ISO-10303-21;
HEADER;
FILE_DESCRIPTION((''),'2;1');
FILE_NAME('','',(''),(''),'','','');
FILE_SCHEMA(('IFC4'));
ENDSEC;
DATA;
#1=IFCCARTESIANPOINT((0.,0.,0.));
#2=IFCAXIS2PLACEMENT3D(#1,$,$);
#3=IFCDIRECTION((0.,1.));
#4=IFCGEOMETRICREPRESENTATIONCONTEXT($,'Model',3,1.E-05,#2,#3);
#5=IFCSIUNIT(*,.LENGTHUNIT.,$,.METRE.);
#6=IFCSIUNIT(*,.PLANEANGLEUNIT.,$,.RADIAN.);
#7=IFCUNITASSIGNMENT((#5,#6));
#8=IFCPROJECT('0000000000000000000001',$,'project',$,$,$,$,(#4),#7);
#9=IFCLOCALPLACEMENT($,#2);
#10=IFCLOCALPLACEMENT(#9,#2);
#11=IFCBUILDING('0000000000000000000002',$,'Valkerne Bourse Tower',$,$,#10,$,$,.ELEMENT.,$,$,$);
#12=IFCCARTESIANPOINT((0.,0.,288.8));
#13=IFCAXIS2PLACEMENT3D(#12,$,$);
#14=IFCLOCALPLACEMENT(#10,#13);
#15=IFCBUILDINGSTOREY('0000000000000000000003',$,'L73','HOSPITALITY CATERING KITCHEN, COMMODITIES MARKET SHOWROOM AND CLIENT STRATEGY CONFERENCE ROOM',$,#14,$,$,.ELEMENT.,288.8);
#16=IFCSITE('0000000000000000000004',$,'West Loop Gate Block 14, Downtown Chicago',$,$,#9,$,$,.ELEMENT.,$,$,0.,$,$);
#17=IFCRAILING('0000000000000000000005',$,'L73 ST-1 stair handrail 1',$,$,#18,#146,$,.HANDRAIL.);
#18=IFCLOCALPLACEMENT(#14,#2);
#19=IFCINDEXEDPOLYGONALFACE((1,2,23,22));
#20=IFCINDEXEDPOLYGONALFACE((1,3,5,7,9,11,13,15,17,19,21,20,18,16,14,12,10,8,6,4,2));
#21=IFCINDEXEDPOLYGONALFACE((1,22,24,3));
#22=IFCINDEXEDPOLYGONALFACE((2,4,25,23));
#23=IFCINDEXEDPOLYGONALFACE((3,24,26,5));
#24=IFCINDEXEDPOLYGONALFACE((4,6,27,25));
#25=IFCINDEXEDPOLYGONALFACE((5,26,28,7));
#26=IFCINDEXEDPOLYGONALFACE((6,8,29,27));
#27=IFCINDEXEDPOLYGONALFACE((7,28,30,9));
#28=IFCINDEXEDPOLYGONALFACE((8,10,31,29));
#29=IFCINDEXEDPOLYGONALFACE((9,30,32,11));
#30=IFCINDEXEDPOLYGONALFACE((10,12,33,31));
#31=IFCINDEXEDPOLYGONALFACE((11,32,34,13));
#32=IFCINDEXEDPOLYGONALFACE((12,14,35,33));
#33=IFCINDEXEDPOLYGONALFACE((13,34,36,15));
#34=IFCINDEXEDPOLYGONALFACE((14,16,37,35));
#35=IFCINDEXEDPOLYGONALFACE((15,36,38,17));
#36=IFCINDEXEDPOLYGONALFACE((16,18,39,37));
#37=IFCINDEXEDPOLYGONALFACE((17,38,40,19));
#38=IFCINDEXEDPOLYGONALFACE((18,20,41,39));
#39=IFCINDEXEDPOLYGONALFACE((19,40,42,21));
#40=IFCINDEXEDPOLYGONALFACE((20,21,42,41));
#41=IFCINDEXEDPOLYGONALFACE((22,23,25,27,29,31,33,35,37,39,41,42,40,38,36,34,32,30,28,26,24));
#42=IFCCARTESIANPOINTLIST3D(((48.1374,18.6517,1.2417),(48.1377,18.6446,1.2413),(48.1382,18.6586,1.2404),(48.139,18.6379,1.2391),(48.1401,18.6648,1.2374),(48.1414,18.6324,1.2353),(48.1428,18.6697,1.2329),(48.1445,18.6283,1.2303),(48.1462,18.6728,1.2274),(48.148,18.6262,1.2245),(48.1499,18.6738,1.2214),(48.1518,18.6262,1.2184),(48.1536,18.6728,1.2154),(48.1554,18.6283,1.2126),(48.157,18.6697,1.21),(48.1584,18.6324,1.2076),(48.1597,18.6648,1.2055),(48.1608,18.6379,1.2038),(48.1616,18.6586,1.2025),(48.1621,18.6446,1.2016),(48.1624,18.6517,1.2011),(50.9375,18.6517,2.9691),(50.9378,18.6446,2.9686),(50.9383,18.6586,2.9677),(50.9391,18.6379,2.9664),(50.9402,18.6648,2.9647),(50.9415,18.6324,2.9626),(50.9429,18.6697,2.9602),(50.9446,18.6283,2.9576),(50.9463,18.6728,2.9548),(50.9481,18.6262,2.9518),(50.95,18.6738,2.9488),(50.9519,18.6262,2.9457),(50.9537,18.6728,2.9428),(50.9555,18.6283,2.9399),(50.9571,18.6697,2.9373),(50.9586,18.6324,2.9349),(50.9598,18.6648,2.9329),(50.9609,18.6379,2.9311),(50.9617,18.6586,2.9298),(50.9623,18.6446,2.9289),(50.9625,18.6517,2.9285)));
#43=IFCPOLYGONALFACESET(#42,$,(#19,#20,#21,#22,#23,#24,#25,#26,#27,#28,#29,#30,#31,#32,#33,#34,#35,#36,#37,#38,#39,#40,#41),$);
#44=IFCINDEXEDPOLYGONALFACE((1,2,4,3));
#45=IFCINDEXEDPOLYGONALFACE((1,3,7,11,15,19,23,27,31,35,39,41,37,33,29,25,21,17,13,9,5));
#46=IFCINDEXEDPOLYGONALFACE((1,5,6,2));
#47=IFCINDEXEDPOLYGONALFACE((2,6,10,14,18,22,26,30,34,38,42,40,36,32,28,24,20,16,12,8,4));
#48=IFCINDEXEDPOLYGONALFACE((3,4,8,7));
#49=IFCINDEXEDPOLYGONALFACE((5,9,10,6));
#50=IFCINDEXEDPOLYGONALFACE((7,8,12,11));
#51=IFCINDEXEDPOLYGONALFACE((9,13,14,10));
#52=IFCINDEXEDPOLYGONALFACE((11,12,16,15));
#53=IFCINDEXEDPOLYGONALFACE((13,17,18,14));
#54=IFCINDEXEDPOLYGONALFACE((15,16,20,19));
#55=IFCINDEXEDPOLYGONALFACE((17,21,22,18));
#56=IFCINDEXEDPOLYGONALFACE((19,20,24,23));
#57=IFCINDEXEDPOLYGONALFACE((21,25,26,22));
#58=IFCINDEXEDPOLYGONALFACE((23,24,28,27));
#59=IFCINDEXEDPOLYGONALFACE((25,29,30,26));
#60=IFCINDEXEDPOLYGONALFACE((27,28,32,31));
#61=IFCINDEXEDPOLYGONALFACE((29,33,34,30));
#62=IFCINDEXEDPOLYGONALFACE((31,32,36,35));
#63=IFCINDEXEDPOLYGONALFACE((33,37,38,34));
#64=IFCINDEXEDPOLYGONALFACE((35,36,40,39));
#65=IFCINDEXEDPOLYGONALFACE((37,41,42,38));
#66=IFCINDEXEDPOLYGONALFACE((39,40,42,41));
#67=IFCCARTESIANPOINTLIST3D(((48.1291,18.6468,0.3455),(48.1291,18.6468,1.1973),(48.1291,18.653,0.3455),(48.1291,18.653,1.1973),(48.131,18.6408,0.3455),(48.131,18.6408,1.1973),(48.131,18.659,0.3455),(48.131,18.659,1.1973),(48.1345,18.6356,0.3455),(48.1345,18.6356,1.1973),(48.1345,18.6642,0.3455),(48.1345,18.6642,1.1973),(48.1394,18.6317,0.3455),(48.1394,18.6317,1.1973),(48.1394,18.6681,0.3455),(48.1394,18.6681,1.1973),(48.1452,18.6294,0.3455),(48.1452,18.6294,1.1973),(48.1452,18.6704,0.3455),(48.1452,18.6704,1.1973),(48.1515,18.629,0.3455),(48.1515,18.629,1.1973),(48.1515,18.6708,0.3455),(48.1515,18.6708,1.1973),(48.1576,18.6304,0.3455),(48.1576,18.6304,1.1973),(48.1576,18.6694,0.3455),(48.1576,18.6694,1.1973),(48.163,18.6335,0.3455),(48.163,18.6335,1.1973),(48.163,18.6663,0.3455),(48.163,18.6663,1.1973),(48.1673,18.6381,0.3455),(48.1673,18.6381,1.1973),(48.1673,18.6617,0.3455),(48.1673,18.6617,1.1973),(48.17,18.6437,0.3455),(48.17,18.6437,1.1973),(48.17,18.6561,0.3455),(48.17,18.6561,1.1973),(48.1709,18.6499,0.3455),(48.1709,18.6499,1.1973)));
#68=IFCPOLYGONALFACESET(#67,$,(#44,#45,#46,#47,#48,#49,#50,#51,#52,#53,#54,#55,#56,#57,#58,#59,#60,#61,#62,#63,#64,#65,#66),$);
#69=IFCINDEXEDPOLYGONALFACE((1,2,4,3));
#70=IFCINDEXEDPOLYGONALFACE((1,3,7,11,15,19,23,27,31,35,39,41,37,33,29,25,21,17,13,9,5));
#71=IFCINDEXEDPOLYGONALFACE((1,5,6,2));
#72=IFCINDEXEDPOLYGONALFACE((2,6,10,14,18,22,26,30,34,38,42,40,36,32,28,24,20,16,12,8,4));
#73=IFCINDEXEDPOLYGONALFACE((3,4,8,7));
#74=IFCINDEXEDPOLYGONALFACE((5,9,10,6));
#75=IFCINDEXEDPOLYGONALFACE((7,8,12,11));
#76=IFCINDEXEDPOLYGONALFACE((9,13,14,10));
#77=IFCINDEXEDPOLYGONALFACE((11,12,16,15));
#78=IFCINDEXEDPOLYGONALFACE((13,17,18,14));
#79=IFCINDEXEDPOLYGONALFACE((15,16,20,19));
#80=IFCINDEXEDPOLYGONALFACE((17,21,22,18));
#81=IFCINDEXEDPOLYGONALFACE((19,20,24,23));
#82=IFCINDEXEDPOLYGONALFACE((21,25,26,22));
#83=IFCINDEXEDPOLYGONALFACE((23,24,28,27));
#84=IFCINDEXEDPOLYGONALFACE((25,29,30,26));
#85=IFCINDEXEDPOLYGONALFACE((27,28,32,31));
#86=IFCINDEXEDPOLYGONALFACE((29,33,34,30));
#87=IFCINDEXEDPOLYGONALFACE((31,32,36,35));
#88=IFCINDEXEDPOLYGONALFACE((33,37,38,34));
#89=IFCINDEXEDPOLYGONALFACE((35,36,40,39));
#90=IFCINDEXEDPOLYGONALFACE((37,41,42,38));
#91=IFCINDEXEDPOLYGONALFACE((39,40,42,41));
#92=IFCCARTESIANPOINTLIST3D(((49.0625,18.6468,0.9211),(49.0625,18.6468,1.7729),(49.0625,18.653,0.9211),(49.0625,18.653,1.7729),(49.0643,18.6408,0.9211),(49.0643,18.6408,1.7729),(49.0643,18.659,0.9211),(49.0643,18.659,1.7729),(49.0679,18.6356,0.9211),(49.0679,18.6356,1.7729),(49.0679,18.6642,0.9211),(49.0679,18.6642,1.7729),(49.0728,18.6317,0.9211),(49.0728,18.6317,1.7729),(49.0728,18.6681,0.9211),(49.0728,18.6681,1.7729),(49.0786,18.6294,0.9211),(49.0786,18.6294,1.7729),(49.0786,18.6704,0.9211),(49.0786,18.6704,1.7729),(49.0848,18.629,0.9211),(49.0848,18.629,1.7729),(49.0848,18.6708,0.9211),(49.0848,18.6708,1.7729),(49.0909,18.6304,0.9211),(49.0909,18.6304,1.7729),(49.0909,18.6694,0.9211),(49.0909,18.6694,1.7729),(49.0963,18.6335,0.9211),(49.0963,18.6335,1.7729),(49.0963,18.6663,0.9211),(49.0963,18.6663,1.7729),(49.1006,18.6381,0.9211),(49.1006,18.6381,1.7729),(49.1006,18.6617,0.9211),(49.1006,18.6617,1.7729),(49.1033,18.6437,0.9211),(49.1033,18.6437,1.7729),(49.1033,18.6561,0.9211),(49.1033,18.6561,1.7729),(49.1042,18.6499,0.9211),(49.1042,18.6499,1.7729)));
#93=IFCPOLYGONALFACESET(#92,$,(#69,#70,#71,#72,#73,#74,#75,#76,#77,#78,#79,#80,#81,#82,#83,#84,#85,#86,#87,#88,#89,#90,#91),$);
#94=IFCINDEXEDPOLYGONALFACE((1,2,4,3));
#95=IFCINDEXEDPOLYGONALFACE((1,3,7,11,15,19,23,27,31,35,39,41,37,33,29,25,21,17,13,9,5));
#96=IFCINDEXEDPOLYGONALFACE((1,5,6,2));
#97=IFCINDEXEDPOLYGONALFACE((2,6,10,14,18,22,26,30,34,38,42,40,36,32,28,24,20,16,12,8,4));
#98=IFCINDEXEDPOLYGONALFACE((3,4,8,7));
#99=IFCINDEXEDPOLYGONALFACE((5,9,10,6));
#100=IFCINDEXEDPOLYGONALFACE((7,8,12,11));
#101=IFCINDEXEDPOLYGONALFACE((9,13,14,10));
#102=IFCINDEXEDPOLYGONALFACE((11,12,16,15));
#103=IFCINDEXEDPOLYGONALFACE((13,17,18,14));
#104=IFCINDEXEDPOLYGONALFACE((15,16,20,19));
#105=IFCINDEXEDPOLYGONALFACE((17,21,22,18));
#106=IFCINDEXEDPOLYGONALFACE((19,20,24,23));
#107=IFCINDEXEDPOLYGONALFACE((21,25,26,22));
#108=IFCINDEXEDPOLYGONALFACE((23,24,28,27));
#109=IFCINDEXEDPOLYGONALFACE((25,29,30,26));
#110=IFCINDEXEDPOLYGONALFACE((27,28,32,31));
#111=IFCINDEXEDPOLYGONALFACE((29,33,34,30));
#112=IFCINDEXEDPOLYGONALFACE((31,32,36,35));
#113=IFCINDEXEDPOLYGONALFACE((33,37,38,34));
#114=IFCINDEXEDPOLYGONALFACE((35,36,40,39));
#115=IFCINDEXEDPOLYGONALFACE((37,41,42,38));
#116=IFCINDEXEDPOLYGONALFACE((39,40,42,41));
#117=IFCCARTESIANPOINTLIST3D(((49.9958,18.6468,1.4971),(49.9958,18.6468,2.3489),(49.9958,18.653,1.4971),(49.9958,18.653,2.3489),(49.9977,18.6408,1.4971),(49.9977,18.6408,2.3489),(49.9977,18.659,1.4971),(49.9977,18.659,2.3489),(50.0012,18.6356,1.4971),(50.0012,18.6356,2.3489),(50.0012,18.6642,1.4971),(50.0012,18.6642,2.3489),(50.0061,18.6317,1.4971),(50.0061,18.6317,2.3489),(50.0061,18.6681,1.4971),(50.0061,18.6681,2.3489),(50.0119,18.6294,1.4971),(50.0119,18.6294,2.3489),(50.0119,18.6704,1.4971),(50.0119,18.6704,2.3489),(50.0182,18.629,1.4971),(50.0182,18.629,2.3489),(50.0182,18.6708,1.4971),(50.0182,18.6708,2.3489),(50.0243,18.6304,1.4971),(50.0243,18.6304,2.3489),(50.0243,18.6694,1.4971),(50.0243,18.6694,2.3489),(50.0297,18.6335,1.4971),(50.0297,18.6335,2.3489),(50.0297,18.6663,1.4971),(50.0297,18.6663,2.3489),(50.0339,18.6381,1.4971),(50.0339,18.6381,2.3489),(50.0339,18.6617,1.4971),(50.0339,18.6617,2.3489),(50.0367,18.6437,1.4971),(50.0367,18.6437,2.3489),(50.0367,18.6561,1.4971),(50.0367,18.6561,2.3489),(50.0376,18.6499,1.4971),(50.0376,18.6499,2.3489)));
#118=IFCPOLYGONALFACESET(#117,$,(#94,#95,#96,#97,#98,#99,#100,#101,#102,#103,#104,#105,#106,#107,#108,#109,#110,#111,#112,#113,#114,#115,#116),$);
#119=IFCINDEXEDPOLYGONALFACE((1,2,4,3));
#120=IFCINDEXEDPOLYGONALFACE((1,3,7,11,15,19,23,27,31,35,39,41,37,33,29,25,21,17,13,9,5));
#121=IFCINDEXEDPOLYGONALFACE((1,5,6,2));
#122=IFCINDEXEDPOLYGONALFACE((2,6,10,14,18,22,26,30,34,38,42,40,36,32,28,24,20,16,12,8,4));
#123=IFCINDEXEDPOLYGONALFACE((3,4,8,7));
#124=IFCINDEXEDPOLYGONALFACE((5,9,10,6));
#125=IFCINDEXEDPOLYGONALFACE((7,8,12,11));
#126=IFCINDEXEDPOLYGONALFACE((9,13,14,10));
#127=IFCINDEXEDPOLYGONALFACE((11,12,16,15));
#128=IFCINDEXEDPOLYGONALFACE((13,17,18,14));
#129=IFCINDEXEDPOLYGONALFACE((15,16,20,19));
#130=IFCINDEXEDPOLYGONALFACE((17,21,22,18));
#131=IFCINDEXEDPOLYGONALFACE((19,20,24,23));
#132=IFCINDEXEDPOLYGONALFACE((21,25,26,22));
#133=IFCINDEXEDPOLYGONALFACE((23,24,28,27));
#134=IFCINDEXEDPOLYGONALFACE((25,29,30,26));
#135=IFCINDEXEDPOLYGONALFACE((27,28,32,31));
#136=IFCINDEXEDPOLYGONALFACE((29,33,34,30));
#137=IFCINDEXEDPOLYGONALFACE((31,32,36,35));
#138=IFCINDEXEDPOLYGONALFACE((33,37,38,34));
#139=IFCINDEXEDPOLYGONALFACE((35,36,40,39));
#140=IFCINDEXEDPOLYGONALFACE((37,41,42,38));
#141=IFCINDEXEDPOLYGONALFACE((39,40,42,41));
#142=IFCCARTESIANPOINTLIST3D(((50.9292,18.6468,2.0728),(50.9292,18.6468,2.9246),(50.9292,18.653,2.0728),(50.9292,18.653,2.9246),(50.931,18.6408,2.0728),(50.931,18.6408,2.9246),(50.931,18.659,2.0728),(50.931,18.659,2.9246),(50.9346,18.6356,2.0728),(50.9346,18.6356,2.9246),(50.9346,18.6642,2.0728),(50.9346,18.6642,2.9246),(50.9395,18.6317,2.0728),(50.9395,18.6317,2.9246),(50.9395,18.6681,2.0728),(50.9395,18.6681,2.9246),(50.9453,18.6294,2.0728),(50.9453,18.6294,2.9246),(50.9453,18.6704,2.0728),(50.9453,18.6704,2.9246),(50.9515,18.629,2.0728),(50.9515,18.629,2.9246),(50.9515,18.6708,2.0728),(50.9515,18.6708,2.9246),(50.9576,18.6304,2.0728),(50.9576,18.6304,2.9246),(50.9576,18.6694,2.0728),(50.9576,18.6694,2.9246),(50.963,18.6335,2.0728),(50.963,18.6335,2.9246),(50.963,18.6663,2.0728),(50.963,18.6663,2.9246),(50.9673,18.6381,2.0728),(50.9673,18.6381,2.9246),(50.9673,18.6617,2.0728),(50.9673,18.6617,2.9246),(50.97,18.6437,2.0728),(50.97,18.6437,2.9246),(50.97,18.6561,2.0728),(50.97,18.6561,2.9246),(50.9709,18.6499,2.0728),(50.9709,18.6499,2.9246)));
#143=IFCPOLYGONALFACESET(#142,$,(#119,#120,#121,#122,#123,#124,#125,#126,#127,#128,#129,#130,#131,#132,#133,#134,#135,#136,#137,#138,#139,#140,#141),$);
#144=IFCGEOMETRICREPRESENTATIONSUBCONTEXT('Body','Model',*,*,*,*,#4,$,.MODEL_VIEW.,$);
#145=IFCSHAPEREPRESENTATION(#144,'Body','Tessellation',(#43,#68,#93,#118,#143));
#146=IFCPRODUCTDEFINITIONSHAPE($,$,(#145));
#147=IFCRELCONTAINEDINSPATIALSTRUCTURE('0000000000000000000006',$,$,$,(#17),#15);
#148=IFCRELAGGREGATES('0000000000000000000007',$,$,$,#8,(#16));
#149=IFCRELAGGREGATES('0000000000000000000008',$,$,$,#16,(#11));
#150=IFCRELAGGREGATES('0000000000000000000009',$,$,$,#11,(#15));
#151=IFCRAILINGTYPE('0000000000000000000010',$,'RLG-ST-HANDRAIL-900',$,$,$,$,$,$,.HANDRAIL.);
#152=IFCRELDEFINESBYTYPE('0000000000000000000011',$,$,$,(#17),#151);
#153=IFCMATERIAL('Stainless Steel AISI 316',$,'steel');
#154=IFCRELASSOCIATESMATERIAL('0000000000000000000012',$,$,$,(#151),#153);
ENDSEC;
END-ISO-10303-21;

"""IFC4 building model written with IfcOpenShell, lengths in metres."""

from ifc_helpers import new_model, si_unit, direction, frame, origin, origin_2d, place, context, subcontext, project, spatial, circle, extrude, material, type_object, element, save


model = new_model("IFC4")

# Units and contexts
model_context = context("Model", 3, precision=1e-05, world=origin(), true_north=direction((0.0, 1.0)))
body_context = subcontext(model_context, "Body", "Model", "MODEL_VIEW")
ifc_project = project(units=[si_unit("LENGTHUNIT", "METRE"), si_unit("PLANEANGLEUNIT", "RADIAN")], contexts=[model_context])

# Site, building, storey
site_placement = place(None, origin())
site = spatial("IfcSite", under=ifc_project, at=site_placement, Name="West Loop Gate Block 14, Downtown Chicago", CompositionType="ELEMENT", RefElevation=0.0)
building_placement = place(site_placement, origin())
building = spatial("IfcBuilding", under=site, at=building_placement, Name="Valkerne Bourse Tower", CompositionType="ELEMENT")
storey_placement = place(building_placement, frame((0.0, 0.0, 288.8)))
storey = spatial("IfcBuildingStorey", under=building, at=storey_placement, Name="L73", Description="HOSPITALITY CATERING KITCHEN, COMMODITIES MARKET SHOWROOM AND CLIENT STRATEGY CONFERENCE ROOM", CompositionType="ELEMENT", Elevation=288.8)

# Shared definitions
ifc_material_1 = material(Name="Stainless Steel AISI 316", Category="steel")

# Railing
railing_type_1 = type_object("IfcRailingType", Name="RLG-ST-HANDRAIL-900", PredefinedType="HANDRAIL", material=ifc_material_1)
railing_1_placement = place(storey_placement, frame((48.1499, 18.6499, 0.3455)))
element("IfcRailing", 1, at=railing_1_placement, inside=storey, type_object=railing_type_1, Name="L73 ST-1 stair handrail 1", PredefinedType="HANDRAIL", context=body_context, shape_type="SweptSolid", body=[
    extrude(circle(Radius=0.0239, at=origin_2d()), frame((0.0, 0.0, 0.876), z_axis=(0.85109, 0.0, 0.52502), x_axis=(0.0, 1.0, 0.0)), (0.0, 0.0, 1.0), 3.29),
    extrude(circle(Radius=0.021, at=origin_2d()), origin(), (0.0, 0.0, 1.0), 0.8518),
    extrude(circle(Radius=0.021, at=origin_2d()), frame((0.9333, 0.0, 0.5757)), (0.0, 0.0, 1.0), 0.8518),
    extrude(circle(Radius=0.021, at=origin_2d()), frame((1.8667, 0.0, 1.1516)), (0.0, 0.0, 1.0), 0.8518),
    extrude(circle(Radius=0.021, at=origin_2d()), frame((2.8, 0.0, 1.7273)), (0.0, 0.0, 1.0), 0.8518),
])

save(model, "model.ifc")
